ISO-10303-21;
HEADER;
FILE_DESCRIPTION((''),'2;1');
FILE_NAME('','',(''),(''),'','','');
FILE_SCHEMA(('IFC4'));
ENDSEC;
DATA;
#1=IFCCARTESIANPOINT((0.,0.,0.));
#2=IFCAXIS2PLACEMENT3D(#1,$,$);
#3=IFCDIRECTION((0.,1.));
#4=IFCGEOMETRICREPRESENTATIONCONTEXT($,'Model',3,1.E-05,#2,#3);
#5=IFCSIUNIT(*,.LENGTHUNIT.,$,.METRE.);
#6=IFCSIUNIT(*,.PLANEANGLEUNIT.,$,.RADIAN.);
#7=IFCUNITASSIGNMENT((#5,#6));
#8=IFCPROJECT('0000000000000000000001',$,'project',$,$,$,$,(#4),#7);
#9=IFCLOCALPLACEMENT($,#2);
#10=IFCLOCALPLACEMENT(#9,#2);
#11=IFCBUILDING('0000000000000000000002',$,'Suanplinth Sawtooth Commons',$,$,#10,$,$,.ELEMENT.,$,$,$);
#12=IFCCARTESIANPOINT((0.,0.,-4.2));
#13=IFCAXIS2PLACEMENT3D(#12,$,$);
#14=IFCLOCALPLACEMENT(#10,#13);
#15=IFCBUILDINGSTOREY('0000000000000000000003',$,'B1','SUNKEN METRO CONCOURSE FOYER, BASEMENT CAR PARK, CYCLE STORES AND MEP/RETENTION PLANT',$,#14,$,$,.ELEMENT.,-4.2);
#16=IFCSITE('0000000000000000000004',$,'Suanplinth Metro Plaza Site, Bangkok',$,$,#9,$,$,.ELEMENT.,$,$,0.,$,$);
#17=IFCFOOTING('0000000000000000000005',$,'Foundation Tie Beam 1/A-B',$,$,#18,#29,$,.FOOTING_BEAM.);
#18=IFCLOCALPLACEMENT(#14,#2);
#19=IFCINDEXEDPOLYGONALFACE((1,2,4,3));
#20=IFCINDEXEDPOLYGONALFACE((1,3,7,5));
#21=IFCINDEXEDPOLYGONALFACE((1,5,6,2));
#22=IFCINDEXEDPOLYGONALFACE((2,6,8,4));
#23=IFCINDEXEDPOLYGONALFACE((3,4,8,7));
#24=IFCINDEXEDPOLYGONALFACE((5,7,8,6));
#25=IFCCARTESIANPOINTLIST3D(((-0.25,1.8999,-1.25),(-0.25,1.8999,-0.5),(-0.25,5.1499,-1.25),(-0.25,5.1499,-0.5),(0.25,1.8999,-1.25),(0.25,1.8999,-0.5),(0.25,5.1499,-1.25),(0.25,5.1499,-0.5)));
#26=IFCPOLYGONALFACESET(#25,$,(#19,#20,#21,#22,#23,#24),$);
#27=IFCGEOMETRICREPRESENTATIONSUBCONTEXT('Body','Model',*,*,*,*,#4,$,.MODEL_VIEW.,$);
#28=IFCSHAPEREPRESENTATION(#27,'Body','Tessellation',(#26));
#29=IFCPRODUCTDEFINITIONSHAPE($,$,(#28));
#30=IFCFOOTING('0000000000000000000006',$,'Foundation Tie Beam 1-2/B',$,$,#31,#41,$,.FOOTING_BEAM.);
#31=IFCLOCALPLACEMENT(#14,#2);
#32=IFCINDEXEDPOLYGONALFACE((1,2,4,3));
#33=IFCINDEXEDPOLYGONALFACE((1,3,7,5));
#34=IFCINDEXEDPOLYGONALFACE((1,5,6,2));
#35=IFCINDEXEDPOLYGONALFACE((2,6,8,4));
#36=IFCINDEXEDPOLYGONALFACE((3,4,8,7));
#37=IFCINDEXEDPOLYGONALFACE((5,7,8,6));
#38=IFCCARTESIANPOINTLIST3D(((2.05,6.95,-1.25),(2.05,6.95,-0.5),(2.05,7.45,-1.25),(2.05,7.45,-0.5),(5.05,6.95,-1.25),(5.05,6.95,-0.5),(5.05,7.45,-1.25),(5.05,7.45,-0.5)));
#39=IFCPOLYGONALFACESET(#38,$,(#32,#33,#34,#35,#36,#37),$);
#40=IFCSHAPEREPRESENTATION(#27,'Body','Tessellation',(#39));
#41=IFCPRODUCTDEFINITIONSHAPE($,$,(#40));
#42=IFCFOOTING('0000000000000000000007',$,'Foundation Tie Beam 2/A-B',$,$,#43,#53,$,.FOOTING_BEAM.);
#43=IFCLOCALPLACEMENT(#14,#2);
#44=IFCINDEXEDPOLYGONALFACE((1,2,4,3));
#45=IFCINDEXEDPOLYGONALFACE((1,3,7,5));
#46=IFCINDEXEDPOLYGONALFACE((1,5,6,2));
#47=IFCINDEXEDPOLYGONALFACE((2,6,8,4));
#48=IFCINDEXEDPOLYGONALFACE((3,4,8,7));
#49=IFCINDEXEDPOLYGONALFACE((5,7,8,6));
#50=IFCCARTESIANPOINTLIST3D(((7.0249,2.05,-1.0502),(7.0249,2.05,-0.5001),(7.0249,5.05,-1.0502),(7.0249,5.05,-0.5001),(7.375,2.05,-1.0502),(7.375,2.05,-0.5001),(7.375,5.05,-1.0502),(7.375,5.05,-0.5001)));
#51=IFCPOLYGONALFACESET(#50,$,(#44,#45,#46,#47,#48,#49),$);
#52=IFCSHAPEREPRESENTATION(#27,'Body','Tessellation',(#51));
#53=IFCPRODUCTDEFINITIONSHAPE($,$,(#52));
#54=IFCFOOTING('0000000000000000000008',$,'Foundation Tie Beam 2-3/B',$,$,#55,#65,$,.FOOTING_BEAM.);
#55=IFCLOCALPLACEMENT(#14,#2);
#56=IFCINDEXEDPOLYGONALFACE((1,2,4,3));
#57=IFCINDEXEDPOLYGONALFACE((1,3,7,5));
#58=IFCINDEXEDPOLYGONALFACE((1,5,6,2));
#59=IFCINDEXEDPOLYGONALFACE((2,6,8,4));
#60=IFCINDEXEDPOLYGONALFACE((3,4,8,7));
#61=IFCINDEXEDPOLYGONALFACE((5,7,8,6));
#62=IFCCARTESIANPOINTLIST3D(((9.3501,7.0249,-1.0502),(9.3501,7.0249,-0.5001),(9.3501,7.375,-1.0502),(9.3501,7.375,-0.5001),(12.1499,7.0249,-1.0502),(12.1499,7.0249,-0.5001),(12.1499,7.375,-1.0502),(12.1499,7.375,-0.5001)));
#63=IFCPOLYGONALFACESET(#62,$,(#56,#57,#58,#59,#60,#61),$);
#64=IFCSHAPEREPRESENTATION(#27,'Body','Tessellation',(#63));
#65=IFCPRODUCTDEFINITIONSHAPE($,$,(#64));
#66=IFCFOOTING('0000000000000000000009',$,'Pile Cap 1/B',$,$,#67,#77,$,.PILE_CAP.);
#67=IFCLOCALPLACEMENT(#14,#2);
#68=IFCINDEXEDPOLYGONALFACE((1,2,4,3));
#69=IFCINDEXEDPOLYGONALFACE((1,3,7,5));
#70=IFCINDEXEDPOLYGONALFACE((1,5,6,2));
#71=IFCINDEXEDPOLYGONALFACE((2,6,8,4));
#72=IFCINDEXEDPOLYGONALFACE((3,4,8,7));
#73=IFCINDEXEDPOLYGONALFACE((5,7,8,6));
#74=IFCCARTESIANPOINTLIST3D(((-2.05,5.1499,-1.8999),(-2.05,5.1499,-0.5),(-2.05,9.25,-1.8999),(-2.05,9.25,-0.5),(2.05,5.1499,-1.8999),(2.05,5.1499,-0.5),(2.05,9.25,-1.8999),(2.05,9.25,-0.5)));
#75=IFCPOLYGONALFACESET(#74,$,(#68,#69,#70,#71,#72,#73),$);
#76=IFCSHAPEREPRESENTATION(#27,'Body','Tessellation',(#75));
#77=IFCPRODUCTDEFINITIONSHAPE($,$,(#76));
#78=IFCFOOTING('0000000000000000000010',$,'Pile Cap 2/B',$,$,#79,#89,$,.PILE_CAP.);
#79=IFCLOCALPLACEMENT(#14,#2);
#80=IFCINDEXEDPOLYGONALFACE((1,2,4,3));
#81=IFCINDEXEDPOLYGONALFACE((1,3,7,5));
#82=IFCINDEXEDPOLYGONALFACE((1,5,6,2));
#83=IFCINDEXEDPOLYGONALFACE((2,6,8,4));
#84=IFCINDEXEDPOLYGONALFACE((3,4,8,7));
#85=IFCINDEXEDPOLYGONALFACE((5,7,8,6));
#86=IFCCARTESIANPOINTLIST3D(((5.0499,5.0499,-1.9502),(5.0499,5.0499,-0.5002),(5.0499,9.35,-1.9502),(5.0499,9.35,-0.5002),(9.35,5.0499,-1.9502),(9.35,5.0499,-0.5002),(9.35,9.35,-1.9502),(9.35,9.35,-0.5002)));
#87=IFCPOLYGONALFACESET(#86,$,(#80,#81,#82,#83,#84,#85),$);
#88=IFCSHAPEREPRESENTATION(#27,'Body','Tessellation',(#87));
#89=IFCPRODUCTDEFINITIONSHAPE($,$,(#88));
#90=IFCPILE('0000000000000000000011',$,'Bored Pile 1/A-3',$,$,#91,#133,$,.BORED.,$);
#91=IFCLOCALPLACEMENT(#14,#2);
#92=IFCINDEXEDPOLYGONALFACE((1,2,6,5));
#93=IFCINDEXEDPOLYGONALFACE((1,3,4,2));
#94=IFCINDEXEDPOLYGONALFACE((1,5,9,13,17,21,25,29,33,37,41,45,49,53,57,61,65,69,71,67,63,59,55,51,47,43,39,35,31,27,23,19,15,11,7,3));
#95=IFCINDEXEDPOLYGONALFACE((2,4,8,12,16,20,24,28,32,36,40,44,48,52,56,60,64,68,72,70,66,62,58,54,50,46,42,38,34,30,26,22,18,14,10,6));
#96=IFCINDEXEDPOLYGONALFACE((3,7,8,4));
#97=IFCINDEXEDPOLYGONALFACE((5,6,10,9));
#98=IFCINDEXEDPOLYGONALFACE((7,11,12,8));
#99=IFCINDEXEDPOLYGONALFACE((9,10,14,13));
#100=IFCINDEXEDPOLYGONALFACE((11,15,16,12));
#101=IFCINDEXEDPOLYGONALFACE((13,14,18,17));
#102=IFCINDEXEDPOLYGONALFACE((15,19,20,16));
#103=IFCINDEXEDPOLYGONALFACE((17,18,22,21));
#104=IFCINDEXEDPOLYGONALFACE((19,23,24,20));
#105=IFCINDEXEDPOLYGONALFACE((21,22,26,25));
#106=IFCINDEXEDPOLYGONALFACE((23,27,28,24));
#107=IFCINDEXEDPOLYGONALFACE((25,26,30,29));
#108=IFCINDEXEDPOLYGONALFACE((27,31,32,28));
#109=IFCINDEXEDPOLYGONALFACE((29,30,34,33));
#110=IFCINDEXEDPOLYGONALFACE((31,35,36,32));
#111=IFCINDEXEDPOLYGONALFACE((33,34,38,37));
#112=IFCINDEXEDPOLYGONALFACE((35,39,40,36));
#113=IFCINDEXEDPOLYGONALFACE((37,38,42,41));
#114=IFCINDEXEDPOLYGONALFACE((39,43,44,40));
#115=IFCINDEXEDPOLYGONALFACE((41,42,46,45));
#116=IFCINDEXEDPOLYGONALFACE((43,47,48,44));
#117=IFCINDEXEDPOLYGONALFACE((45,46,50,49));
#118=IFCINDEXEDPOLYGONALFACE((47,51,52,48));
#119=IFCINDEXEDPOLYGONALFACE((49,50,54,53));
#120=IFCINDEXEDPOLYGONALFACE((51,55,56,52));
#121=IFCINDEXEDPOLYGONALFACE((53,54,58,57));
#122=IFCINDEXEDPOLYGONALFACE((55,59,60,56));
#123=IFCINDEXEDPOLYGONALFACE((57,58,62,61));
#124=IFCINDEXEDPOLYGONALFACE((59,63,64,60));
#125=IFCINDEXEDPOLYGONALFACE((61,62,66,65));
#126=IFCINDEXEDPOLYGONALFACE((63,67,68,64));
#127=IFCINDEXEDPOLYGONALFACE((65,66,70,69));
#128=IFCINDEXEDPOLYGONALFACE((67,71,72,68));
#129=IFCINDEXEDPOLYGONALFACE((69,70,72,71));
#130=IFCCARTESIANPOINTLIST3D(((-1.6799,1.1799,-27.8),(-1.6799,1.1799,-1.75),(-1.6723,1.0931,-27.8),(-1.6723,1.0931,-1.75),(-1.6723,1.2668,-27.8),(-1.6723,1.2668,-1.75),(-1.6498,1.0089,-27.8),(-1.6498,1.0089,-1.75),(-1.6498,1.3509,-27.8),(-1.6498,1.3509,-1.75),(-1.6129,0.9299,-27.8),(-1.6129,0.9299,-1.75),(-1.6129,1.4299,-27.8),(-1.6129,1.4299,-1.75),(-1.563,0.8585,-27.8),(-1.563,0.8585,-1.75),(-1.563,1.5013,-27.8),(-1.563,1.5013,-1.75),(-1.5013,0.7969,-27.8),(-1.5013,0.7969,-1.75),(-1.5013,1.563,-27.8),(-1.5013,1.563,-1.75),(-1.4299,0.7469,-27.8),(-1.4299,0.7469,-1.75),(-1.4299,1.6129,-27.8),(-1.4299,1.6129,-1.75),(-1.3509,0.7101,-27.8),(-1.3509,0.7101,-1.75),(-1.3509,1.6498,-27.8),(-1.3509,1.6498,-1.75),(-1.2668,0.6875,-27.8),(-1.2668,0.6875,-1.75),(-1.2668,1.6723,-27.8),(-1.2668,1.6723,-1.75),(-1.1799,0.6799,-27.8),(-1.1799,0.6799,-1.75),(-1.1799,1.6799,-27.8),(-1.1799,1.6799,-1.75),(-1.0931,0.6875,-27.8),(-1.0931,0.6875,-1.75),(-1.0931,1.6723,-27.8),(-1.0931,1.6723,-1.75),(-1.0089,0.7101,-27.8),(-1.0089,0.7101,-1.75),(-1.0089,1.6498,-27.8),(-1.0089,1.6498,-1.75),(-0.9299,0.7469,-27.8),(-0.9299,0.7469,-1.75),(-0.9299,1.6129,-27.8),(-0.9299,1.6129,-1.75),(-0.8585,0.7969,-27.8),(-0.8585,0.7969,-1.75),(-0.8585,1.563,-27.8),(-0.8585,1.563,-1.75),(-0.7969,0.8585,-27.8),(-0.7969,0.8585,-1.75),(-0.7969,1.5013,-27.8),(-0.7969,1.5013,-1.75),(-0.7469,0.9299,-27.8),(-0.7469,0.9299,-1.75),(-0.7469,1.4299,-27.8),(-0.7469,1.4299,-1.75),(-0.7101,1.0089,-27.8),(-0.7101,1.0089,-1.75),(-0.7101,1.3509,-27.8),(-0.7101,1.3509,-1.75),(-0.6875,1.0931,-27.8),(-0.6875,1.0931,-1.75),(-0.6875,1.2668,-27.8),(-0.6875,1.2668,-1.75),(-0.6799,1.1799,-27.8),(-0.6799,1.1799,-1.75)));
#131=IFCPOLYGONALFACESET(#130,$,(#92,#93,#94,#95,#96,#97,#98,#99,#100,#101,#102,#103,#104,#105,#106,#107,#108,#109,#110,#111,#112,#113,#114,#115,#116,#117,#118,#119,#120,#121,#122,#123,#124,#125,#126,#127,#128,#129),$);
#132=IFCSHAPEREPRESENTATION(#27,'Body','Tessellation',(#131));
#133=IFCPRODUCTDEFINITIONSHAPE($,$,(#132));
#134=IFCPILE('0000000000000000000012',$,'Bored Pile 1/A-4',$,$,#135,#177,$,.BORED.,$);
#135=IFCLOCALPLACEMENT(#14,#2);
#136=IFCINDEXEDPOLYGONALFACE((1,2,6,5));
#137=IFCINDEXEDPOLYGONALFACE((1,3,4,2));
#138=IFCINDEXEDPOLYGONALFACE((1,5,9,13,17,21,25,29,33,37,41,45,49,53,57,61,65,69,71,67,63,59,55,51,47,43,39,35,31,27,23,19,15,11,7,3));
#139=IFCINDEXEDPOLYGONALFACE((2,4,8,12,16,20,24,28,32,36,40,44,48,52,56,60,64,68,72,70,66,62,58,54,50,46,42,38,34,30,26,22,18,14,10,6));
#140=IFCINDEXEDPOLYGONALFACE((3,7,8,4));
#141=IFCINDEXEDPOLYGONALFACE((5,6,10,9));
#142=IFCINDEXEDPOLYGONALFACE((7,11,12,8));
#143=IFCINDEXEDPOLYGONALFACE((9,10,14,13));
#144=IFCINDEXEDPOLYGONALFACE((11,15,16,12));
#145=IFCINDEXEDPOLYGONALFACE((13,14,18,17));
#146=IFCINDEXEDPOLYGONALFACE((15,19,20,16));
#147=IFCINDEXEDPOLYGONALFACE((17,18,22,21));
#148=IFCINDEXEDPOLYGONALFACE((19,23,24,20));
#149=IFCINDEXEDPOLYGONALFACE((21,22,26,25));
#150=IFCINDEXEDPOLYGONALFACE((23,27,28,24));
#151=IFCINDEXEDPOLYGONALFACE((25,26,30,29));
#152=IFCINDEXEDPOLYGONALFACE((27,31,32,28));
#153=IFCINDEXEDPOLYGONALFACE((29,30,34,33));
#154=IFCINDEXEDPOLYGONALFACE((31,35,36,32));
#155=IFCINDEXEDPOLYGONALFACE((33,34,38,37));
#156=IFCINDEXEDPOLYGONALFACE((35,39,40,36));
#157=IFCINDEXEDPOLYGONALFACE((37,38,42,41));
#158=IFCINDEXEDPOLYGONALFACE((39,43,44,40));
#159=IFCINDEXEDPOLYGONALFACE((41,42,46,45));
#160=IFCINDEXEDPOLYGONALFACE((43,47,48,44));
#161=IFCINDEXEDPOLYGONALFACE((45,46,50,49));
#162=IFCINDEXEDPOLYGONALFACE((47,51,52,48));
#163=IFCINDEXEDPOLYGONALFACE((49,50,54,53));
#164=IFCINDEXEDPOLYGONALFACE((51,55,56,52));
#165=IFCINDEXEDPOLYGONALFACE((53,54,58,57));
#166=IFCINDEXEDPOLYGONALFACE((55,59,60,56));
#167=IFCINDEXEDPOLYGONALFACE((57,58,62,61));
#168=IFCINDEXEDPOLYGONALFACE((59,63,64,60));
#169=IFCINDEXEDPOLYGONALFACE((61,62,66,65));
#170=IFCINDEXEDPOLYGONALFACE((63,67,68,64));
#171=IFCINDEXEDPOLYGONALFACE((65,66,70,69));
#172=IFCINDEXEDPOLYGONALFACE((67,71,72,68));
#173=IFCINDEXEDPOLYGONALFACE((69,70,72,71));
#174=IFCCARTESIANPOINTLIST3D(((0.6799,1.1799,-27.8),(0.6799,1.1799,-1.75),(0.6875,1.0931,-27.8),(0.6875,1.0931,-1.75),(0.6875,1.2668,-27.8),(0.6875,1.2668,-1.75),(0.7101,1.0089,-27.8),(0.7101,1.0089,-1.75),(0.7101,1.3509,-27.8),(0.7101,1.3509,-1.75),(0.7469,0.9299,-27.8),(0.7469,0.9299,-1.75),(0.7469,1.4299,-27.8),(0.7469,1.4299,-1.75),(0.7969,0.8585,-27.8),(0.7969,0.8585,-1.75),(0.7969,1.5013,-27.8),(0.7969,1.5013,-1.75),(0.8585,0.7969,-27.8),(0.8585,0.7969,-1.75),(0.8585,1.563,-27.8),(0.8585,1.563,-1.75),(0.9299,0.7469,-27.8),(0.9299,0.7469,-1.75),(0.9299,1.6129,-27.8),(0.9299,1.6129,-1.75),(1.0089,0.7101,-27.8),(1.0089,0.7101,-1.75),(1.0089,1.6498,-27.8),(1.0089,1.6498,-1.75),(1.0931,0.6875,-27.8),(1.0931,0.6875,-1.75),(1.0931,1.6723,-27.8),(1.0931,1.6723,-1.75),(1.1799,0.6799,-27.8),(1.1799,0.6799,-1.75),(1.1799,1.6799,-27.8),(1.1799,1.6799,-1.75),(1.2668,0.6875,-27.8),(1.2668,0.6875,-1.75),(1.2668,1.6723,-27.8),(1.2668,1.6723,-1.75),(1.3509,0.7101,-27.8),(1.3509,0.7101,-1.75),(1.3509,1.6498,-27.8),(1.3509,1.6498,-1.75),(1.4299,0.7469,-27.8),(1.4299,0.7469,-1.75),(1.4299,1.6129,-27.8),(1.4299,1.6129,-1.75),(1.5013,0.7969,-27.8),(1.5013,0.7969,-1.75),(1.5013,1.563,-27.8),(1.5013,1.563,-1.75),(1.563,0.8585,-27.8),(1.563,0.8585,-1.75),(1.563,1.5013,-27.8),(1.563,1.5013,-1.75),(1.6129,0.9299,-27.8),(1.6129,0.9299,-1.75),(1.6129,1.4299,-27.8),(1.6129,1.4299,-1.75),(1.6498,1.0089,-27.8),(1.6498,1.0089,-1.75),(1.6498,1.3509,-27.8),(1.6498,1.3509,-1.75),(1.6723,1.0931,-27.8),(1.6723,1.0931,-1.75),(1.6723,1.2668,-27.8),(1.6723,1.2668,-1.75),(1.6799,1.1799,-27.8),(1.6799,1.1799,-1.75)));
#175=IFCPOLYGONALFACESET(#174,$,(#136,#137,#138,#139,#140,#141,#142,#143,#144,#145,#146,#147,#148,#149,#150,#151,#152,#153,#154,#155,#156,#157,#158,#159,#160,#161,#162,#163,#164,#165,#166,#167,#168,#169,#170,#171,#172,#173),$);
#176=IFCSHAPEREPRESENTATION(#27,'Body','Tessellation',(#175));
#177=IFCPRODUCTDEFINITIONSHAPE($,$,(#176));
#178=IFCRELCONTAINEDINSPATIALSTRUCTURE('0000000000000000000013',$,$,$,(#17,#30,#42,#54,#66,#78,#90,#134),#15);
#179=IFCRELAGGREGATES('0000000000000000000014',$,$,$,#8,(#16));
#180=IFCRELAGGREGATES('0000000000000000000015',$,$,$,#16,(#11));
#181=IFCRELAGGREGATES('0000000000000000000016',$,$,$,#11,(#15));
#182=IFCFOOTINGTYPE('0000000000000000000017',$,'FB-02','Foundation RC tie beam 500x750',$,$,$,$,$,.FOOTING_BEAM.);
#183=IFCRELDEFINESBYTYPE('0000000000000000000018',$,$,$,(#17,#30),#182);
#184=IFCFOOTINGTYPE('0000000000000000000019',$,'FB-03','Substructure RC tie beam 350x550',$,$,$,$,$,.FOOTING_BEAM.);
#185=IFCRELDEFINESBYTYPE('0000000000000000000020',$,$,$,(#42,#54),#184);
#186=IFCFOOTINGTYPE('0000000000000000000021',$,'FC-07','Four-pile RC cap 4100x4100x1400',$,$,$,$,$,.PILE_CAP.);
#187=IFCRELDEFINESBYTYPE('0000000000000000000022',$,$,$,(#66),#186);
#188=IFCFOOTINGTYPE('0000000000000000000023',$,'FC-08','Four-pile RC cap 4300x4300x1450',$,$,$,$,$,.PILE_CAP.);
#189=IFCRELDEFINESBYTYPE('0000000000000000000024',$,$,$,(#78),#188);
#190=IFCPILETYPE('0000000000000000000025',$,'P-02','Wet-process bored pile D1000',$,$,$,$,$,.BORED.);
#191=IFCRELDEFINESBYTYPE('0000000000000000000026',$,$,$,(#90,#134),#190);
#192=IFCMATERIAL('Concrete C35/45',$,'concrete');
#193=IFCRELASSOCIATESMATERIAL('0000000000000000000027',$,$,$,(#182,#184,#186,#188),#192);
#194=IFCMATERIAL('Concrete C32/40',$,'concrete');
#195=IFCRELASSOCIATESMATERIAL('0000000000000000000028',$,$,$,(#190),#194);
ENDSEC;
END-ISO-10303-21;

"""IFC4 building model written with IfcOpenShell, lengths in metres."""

from ifc_helpers import new_model, si_unit, direction, frame, origin, origin_2d, place, context, subcontext, project, spatial, rectangle, circle, extrude, material, material_profile, profile_set, type_object, element, save


model = new_model("IFC4")

# Units and contexts
model_context = context("Model", 3, precision=1e-05, world=origin(), true_north=direction((0.0, 1.0)))
body_context = subcontext(model_context, "Body", "Model", "MODEL_VIEW")
ifc_project = project(units=[si_unit("LENGTHUNIT", "METRE"), si_unit("PLANEANGLEUNIT", "RADIAN")], contexts=[model_context])

# Site, building, storey
site_placement = place(None, origin())
site = spatial("IfcSite", under=ifc_project, at=site_placement, Name="Suanplinth Metro Plaza Site, Bangkok", CompositionType="ELEMENT", RefElevation=0.0)
building_placement = place(site_placement, origin())
building = spatial("IfcBuilding", under=site, at=building_placement, Name="Suanplinth Sawtooth Commons", CompositionType="ELEMENT")
storey_placement = place(building_placement, frame((0.0, 0.0, -4.2)))
storey = spatial("IfcBuildingStorey", under=building, at=storey_placement, Name="B1", Description="SUNKEN METRO CONCOURSE FOYER, BASEMENT CAR PARK, CYCLE STORES AND MEP/RETENTION PLANT", CompositionType="ELEMENT", Elevation=-4.2)

# Footings
ifc_material_1 = material(Name="Concrete C35/45", Category="concrete")
ifc_material_profile_1 = material_profile(ifc_material_1, rectangle(XDim=0.5, YDim=0.75, at=origin_2d()), Name="RC-GDR 500x750")
ifc_profile_set_1 = profile_set([ifc_material_profile_1], Name="Concrete C35/45")
footing_type_1 = type_object("IfcFootingType", Name="FB-02", Description="Foundation RC tie beam 500x750", PredefinedType="FOOTING_BEAM", material=ifc_profile_set_1)
footing_1_placement = place(storey_placement, frame((0.0, 1.8999, -0.875), z_axis=(0.0, 1.0, 0.0), x_axis=(-1.0, 0.0, 0.0)))
element("IfcFooting", 1, at=footing_1_placement, inside=storey, type_object=footing_type_1, Name="Foundation Tie Beam 1/A-B", PredefinedType="FOOTING_BEAM", context=body_context, shape_type="SweptSolid", body=[
    extrude(rectangle(XDim=0.5, YDim=0.75, at=origin_2d()), origin(), (0.0, 0.0, 1.0), 3.25),
])
footing_2_placement = place(storey_placement, frame((2.05, 7.2, -0.875), z_axis=(1.0, 0.0, 0.0), x_axis=(0.0, 1.0, 0.0)))
element("IfcFooting", 2, at=footing_2_placement, inside=storey, type_object=footing_type_1, Name="Foundation Tie Beam 1-2/B", PredefinedType="FOOTING_BEAM", context=body_context, shape_type="SweptSolid", body=[
    extrude(rectangle(XDim=0.5, YDim=0.75, at=origin_2d()), origin(), (0.0, 0.0, 1.0), 3.0),
])
ifc_material_profile_2 = material_profile(ifc_material_1, rectangle(XDim=0.3501, YDim=0.55, at=origin_2d()), Name="PC-BM 350x550")
ifc_profile_set_2 = profile_set([ifc_material_profile_2], Name="Concrete C35/45")
footing_type_2 = type_object("IfcFootingType", Name="FB-03", Description="Substructure RC tie beam 350x550", PredefinedType="FOOTING_BEAM", material=ifc_profile_set_2)
footing_3_placement = place(storey_placement, frame((7.2, 2.05, -0.7751), z_axis=(0.0, 1.0, 0.0), x_axis=(-1.0, 0.0, 0.0)))
element("IfcFooting", 3, at=footing_3_placement, inside=storey, type_object=footing_type_2, Name="Foundation Tie Beam 2/A-B", PredefinedType="FOOTING_BEAM", context=body_context, shape_type="SweptSolid", body=[
    extrude(rectangle(XDim=0.3501, YDim=0.55, at=origin_2d()), origin(), (0.0, 0.0, 1.0), 3.0),
])
footing_4_placement = place(storey_placement, frame((9.3501, 7.2, -0.7751), z_axis=(1.0, 0.0, 0.0), x_axis=(0.0, 1.0, 0.0)))
element("IfcFooting", 4, at=footing_4_placement, inside=storey, type_object=footing_type_2, Name="Foundation Tie Beam 2-3/B", PredefinedType="FOOTING_BEAM", context=body_context, shape_type="SweptSolid", body=[
    extrude(rectangle(XDim=0.3501, YDim=0.55, at=origin_2d()), origin(), (0.0, 0.0, 1.0), 2.7998),
])
footing_type_3 = type_object("IfcFootingType", Name="FC-07", Description="Four-pile RC cap 4100x4100x1400", PredefinedType="PILE_CAP", material=ifc_material_1)
footing_5_placement = place(storey_placement, frame((0.0, 7.2, -1.8999), z_axis=(0.0, 0.0, 1.0), x_axis=(1.0, 0.0, 0.0)))
element("IfcFooting", 5, at=footing_5_placement, inside=storey, type_object=footing_type_3, Name="Pile Cap 1/B", PredefinedType="PILE_CAP", context=body_context, shape_type="SweptSolid", body=[
    extrude(rectangle(XDim=4.1001, YDim=4.1001, at=origin_2d()), origin(), (0.0, 0.0, 1.0), 1.3999),
])
footing_type_4 = type_object("IfcFootingType", Name="FC-08", Description="Four-pile RC cap 4300x4300x1450", PredefinedType="PILE_CAP", material=ifc_material_1)
footing_6_placement = place(storey_placement, frame((7.2, 7.2, -1.9502), z_axis=(0.0, 0.0, 1.0), x_axis=(1.0, 0.0, 0.0)))
element("IfcFooting", 6, at=footing_6_placement, inside=storey, type_object=footing_type_4, Name="Pile Cap 2/B", PredefinedType="PILE_CAP", context=body_context, shape_type="SweptSolid", body=[
    extrude(rectangle(XDim=4.3, YDim=4.3, at=origin_2d()), origin(), (0.0, 0.0, 1.0), 1.45),
])

# Piles
ifc_material_2 = material(Name="Concrete C32/40", Category="concrete")
ifc_material_profile_3 = material_profile(ifc_material_2, circle(Radius=0.5, at=origin_2d()), Name="PILE D1000")
ifc_profile_set_3 = profile_set([ifc_material_profile_3], Name="Concrete C32/40")
pile_type = type_object("IfcPileType", Name="P-02", Description="Wet-process bored pile D1000", PredefinedType="BORED", material=ifc_profile_set_3)
for number, where, z_axis, x_axis, name in (
    (7, (-1.1799, 1.1799, -1.75), (0.0, 0.0, -1.0), (1.0, 0.0, 0.0), "Bored Pile 1/A-3"),
    (8, (1.1799, 1.1799, -1.75), (0.0, 0.0, -1.0), (1.0, 0.0, 0.0), "Bored Pile 1/A-4"),
):
    element("IfcPile", number, at=place(storey_placement, frame(where, z_axis=z_axis, x_axis=x_axis)), inside=storey, type_object=pile_type, Name=name, PredefinedType="BORED", context=body_context, shape_type="SweptSolid", body=[
        extrude(circle(Radius=0.5, at=origin_2d()), origin(), (0.0, 0.0, 1.0), 26.05),
    ])

save(model, "model.ifc")
